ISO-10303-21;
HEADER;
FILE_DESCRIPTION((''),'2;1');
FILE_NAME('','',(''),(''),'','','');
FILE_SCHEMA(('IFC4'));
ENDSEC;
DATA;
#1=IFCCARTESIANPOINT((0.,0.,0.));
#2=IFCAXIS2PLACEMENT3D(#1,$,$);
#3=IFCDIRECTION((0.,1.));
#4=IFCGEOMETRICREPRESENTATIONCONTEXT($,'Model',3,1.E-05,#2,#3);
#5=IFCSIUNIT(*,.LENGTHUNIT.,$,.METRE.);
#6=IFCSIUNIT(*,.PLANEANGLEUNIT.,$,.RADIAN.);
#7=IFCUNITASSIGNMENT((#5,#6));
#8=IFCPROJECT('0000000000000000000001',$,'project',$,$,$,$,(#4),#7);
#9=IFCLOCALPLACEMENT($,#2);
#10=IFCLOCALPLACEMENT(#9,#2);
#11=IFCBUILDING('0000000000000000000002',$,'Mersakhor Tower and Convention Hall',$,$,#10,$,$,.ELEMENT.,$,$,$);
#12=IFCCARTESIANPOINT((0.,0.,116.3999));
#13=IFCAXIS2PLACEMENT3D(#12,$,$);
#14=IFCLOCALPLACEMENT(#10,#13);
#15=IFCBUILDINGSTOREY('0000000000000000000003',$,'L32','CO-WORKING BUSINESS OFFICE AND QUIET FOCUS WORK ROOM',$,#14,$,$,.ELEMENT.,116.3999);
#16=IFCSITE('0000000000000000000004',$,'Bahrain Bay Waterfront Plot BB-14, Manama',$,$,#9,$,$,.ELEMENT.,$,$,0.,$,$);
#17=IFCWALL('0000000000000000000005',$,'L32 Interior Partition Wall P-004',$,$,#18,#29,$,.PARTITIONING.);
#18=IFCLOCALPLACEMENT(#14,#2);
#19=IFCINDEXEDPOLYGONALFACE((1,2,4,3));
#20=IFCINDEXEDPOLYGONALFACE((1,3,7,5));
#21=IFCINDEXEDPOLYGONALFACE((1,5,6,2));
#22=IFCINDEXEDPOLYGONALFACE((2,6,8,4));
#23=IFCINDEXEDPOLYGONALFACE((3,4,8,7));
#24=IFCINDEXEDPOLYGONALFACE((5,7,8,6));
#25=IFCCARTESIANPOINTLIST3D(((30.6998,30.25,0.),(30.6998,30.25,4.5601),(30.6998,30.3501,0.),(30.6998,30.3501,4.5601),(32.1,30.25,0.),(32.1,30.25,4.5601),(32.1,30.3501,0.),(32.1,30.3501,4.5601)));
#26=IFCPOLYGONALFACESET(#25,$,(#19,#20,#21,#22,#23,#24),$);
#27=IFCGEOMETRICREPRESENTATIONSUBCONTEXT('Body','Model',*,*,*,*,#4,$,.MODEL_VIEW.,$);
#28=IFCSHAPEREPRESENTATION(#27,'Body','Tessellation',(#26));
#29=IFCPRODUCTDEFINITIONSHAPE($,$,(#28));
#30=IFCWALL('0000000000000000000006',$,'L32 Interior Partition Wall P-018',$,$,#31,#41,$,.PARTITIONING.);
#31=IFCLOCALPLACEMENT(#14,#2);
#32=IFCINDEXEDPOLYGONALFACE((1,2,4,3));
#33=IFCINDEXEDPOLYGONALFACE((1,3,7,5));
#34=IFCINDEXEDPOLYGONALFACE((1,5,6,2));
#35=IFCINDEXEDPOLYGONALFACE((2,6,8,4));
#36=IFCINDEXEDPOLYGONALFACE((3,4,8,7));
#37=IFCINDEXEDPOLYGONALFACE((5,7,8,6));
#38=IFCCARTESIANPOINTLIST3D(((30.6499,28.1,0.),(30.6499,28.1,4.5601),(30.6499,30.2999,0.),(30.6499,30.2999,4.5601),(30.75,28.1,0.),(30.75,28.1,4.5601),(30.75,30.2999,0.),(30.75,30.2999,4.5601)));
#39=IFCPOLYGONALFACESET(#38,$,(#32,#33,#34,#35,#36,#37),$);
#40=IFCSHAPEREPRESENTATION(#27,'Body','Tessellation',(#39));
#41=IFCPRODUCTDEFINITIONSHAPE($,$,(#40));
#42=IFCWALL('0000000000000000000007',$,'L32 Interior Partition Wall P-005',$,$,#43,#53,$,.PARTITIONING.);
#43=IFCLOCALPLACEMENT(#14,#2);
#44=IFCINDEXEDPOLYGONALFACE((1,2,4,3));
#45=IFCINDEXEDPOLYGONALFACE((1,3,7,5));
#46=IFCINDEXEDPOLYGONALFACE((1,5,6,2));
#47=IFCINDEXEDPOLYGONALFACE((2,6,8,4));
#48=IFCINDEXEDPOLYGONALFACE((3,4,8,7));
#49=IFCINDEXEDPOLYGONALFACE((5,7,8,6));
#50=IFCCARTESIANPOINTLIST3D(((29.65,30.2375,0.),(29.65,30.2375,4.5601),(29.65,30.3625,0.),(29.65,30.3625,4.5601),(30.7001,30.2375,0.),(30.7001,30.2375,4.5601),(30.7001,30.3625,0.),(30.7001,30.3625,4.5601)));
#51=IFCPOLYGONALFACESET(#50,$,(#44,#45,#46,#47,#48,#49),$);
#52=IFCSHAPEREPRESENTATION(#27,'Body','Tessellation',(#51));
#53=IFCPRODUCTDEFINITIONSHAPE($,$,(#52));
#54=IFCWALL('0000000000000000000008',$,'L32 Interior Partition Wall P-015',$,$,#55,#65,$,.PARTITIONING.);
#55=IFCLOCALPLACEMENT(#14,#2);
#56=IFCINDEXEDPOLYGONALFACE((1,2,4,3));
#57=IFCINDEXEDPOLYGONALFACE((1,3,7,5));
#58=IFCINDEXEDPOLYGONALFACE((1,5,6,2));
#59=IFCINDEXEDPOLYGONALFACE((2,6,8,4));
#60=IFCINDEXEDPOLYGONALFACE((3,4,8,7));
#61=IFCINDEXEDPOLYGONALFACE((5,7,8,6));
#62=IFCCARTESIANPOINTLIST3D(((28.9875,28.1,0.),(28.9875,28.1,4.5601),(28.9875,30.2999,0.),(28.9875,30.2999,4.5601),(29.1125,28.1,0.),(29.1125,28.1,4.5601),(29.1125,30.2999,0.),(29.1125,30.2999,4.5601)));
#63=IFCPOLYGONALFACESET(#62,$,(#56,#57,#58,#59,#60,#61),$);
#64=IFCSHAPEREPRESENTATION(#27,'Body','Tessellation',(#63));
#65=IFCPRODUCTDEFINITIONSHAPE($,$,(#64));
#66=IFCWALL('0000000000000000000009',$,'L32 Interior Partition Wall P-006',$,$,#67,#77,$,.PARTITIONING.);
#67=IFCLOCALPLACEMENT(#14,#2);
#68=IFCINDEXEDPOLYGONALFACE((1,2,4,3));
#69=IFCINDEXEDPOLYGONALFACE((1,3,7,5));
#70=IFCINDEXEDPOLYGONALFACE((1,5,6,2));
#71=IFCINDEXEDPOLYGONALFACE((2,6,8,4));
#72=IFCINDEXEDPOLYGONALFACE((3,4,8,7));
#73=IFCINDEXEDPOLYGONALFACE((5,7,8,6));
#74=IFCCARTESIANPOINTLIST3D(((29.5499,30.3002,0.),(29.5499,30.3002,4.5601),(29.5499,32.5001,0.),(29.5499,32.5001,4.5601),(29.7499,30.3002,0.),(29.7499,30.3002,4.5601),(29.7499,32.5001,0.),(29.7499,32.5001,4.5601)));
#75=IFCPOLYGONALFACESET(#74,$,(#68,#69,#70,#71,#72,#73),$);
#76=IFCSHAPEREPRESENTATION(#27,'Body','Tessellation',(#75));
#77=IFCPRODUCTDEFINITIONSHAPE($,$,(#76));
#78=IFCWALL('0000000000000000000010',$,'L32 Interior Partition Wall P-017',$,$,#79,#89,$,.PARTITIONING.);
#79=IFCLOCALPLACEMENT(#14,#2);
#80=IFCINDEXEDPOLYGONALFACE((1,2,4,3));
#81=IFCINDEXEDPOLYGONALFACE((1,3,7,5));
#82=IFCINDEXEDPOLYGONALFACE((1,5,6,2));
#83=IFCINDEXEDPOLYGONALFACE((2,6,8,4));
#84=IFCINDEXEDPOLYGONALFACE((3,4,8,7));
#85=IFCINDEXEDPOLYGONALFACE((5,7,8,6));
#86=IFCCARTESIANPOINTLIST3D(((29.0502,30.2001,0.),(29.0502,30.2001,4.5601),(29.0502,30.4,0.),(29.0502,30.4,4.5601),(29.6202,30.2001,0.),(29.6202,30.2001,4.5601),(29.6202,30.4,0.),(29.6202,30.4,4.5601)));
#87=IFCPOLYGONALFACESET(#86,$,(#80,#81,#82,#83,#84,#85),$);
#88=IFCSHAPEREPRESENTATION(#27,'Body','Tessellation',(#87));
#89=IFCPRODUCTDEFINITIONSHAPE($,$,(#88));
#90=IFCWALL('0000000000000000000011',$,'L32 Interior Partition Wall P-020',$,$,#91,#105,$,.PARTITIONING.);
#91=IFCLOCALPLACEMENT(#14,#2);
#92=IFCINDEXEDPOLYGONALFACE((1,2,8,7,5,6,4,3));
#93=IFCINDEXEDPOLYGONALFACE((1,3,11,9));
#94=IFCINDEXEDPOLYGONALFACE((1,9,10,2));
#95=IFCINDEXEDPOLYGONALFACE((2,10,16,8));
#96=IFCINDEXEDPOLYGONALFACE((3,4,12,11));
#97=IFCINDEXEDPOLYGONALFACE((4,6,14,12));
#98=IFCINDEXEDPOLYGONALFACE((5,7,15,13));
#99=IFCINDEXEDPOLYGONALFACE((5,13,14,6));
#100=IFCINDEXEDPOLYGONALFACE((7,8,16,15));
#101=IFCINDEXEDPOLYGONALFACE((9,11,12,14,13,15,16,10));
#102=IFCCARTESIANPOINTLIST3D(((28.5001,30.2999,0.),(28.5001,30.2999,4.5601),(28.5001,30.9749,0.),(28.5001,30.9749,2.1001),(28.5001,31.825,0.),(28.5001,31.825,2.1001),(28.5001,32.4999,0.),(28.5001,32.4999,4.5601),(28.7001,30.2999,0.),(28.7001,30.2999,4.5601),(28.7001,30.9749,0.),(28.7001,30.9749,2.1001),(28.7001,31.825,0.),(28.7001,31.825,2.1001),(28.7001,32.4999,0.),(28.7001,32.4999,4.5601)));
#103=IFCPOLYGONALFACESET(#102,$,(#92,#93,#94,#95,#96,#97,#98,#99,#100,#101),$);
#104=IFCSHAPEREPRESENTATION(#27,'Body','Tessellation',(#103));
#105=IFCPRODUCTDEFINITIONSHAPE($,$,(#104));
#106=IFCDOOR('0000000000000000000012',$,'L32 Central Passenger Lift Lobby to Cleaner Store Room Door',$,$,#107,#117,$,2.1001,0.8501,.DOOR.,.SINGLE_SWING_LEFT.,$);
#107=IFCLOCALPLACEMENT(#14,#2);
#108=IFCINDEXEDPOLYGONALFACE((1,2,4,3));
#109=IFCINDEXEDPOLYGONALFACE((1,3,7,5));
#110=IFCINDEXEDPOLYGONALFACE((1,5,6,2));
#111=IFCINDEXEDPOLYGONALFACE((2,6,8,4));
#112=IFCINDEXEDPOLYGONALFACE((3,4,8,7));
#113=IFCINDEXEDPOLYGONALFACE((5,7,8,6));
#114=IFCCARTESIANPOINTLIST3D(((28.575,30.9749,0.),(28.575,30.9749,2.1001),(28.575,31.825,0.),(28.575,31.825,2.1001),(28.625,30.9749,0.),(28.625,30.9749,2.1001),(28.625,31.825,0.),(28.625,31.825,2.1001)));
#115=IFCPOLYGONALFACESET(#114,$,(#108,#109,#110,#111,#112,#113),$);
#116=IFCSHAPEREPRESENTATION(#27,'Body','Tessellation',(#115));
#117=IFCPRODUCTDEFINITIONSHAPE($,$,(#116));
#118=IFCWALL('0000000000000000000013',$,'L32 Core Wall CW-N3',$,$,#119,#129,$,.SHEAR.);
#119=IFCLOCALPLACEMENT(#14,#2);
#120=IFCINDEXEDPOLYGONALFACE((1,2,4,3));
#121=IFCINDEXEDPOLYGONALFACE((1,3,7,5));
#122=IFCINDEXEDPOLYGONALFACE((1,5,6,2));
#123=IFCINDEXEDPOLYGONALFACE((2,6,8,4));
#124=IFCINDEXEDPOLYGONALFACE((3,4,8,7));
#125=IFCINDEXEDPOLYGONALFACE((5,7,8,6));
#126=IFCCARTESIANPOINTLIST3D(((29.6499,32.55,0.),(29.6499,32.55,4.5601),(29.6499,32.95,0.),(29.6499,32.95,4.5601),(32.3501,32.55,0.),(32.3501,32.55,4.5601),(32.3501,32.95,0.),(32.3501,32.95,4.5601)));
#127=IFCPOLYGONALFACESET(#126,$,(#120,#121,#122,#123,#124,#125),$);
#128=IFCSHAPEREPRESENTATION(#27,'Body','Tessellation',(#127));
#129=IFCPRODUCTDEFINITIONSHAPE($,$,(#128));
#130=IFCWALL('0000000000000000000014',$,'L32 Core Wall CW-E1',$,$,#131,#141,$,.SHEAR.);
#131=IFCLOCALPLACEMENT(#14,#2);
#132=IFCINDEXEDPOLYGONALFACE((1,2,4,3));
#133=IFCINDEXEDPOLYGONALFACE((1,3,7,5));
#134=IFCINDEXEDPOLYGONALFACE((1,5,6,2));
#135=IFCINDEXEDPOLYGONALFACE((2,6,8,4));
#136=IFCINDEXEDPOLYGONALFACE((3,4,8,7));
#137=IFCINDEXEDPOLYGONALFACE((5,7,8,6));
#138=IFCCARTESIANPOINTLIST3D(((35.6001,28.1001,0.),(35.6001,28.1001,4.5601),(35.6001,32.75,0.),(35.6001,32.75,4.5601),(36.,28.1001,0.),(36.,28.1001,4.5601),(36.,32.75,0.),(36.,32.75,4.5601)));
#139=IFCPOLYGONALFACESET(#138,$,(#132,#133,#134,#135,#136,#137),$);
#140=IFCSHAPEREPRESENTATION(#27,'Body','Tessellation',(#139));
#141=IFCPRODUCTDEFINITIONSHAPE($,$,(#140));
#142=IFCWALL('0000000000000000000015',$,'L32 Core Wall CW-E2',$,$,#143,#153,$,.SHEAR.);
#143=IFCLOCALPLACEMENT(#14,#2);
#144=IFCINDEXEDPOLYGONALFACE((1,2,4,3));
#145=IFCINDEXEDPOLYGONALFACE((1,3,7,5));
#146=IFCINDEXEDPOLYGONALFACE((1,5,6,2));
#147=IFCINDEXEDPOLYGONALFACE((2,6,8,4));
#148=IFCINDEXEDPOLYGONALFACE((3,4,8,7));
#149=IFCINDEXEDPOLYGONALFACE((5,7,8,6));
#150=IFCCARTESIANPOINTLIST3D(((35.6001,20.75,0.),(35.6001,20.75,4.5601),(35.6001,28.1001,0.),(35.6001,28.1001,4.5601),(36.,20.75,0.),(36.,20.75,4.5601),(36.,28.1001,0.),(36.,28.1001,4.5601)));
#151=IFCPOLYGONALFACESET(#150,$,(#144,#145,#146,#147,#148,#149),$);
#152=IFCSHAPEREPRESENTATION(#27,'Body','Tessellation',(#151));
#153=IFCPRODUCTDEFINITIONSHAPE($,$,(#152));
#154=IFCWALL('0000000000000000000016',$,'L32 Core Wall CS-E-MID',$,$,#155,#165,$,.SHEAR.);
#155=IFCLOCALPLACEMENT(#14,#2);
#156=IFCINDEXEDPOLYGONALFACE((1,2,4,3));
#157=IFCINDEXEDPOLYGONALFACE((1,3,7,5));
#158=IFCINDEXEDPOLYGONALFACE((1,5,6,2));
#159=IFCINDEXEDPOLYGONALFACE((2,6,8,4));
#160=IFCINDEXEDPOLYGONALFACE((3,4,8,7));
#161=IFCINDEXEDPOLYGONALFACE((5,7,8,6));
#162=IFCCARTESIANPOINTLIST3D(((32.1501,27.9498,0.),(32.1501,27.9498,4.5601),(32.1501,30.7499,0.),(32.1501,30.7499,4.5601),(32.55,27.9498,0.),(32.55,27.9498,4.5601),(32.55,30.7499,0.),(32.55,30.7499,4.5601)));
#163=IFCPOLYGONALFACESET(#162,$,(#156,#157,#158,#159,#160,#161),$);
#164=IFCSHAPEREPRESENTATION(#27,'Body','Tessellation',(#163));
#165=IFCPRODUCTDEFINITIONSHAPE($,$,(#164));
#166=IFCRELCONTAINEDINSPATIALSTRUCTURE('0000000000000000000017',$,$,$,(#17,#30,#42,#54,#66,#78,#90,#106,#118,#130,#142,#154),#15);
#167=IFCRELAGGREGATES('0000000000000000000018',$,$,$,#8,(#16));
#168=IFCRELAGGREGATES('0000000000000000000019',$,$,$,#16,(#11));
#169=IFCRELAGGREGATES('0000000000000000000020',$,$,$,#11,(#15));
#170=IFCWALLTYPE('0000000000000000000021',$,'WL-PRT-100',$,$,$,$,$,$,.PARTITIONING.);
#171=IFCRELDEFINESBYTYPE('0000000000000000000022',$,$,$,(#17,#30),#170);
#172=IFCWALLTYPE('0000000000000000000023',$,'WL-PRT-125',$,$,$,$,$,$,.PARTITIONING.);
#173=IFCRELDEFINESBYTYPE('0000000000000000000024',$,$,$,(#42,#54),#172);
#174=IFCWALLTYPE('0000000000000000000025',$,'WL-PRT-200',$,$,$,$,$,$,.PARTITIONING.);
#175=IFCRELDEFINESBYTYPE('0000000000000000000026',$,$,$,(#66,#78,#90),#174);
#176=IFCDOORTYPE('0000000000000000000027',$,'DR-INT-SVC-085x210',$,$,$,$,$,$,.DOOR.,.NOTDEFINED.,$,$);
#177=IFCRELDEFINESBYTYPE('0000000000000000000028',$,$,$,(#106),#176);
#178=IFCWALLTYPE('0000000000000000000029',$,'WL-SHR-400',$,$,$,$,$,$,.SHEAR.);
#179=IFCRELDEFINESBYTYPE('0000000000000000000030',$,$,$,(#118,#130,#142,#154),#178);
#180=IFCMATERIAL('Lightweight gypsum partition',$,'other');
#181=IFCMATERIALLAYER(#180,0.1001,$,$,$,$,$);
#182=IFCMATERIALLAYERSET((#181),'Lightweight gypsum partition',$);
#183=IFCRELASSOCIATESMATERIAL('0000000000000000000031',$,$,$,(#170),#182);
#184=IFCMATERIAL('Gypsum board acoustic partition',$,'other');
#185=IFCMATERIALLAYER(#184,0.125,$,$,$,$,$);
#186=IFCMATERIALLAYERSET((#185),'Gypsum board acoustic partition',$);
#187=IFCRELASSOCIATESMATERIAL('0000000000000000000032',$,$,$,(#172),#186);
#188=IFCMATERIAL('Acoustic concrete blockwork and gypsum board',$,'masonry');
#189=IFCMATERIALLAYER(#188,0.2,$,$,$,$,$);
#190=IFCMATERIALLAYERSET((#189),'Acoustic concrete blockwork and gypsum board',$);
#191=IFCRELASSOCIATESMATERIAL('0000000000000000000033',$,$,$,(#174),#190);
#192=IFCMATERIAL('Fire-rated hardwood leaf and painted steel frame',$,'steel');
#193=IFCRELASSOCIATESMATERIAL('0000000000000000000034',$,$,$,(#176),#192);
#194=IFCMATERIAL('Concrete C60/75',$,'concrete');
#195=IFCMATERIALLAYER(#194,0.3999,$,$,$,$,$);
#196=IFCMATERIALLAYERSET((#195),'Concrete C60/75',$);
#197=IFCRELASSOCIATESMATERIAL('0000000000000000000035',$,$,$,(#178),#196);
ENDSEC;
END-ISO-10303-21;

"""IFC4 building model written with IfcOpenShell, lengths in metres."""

from ifc_helpers import new_model, si_unit, direction, frame, frame_2d, origin, place, context, subcontext, project, spatial, rectangle, extrude, material, layer, layer_set, type_object, element, fill, save


model = new_model("IFC4")

# Units and contexts
model_context = context("Model", 3, precision=1e-05, world=origin(), true_north=direction((0.0, 1.0)))
body_context = subcontext(model_context, "Body", "Model", "MODEL_VIEW")
ifc_project = project(units=[si_unit("LENGTHUNIT", "METRE"), si_unit("PLANEANGLEUNIT", "RADIAN")], contexts=[model_context])

# Site, building, storey
site_placement = place(None, origin())
site = spatial("IfcSite", under=ifc_project, at=site_placement, Name="Bahrain Bay Waterfront Plot BB-14, Manama", CompositionType="ELEMENT", RefElevation=0.0)
building_placement = place(site_placement, origin())
building = spatial("IfcBuilding", under=site, at=building_placement, Name="Mersakhor Tower and Convention Hall", CompositionType="ELEMENT")
storey_placement = place(building_placement, frame((0.0, 0.0, 116.3999)))
storey = spatial("IfcBuildingStorey", under=building, at=storey_placement, Name="L32", Description="CO-WORKING BUSINESS OFFICE AND QUIET FOCUS WORK ROOM", CompositionType="ELEMENT", Elevation=116.3999)

# Walls
ifc_material_1 = material(Name="Lightweight gypsum partition", Category="other")
ifc_layer_1 = layer(ifc_material_1, 0.1001)
ifc_layer_set_1 = layer_set([ifc_layer_1], Name="Lightweight gypsum partition")
wall_type_1 = type_object("IfcWallType", Name="WL-PRT-100", PredefinedType="PARTITIONING", material=ifc_layer_set_1)
wall_1_placement = place(storey_placement, frame((32.1001, 30.3, 0.0), z_axis=(0.0, 0.0, 1.0), x_axis=(-1.0, 0.0, 0.0)))
element("IfcWall", 1, at=wall_1_placement, inside=storey, type_object=wall_type_1, Name="L32 Interior Partition Wall P-004", PredefinedType="PARTITIONING", context=body_context, shape_type="SweptSolid", body=[
    extrude(rectangle(XDim=1.4001, YDim=0.1001, at=frame_2d((0.7002, 0.0))), origin(), (0.0, 0.0, 1.0), 4.5601),
])
wall_2_placement = place(storey_placement, frame((30.7, 30.3, 0.0), z_axis=(0.0, 0.0, 1.0), x_axis=(0.0, -1.0, 0.0)))
element("IfcWall", 2, at=wall_2_placement, inside=storey, type_object=wall_type_1, Name="L32 Interior Partition Wall P-018", PredefinedType="PARTITIONING", context=body_context, shape_type="SweptSolid", body=[
    extrude(rectangle(XDim=2.2, YDim=0.1001, at=frame_2d((1.1001, 0.0))), origin(), (0.0, 0.0, 1.0), 4.5601),
])
ifc_material_2 = material(Name="Gypsum board acoustic partition", Category="other")
ifc_layer_2 = layer(ifc_material_2, 0.125)
ifc_layer_set_2 = layer_set([ifc_layer_2], Name="Gypsum board acoustic partition")
wall_type_2 = type_object("IfcWallType", Name="WL-PRT-125", PredefinedType="PARTITIONING", material=ifc_layer_set_2)
wall_3_placement = place(storey_placement, frame((30.7, 30.3, 0.0), z_axis=(0.0, 0.0, 1.0), x_axis=(-1.0, 0.0, 0.0)))
element("IfcWall", 3, at=wall_3_placement, inside=storey, type_object=wall_type_2, Name="L32 Interior Partition Wall P-005", PredefinedType="PARTITIONING", context=body_context, shape_type="SweptSolid", body=[
    extrude(rectangle(XDim=1.05, YDim=0.125, at=frame_2d((0.5249, 0.0))), origin(), (0.0, 0.0, 1.0), 4.5601),
])
wall_4_placement = place(storey_placement, frame((29.05, 30.3, 0.0), z_axis=(0.0, 0.0, 1.0), x_axis=(0.0, -1.0, 0.0)))
element("IfcWall", 4, at=wall_4_placement, inside=storey, type_object=wall_type_2, Name="L32 Interior Partition Wall P-015", PredefinedType="PARTITIONING", context=body_context, shape_type="SweptSolid", body=[
    extrude(rectangle(XDim=2.2, YDim=0.125, at=frame_2d((1.1001, 0.0))), origin(), (0.0, 0.0, 1.0), 4.5601),
])
ifc_material_3 = material(Name="Acoustic concrete blockwork and gypsum board", Category="masonry")
ifc_layer_3 = layer(ifc_material_3, 0.2)
ifc_layer_set_3 = layer_set([ifc_layer_3], Name="Acoustic concrete blockwork and gypsum board")
wall_type_3 = type_object("IfcWallType", Name="WL-PRT-200", PredefinedType="PARTITIONING", material=ifc_layer_set_3)
wall_5_placement = place(storey_placement, frame((29.6499, 30.3, 0.0), z_axis=(0.0, 0.0, 1.0), x_axis=(0.0, 1.0, 0.0)))
element("IfcWall", 5, at=wall_5_placement, inside=storey, type_object=wall_type_3, Name="L32 Interior Partition Wall P-006", PredefinedType="PARTITIONING", context=body_context, shape_type="SweptSolid", body=[
    extrude(rectangle(XDim=2.2, YDim=0.2, at=frame_2d((1.1001, 0.0))), origin(), (0.0, 0.0, 1.0), 4.5601),
])
wall_6_placement = place(storey_placement, frame((29.05, 30.3, 0.0), z_axis=(0.0, 0.0, 1.0), x_axis=(1.0, 0.0, 0.0)))
element("IfcWall", 6, at=wall_6_placement, inside=storey, type_object=wall_type_3, Name="L32 Interior Partition Wall P-017", PredefinedType="PARTITIONING", context=body_context, shape_type="SweptSolid", body=[
    extrude(rectangle(XDim=0.5701, YDim=0.2, at=frame_2d((0.2852, 0.0))), origin(), (0.0, 0.0, 1.0), 4.5601),
])

# Wall, opening, door
wall_7_placement = place(storey_placement, frame((28.6001, 32.5, 0.0), z_axis=(0.0, 0.0, 1.0), x_axis=(0.0, -1.0, 0.0)))
wall_7 = element("IfcWall", 7, at=wall_7_placement, inside=storey, type_object=wall_type_3, Name="L32 Interior Partition Wall P-020", PredefinedType="PARTITIONING", context=body_context, shape_type="SweptSolid", body=[
    extrude(rectangle(XDim=2.2, YDim=0.2, at=frame_2d((1.1001, 0.0))), origin(), (0.0, 0.0, 1.0), 4.5601),
])
opening_1_placement = place(wall_7_placement, frame((0.675, 0.0, 0.0)))
opening_1 = element("IfcOpeningElement", 8, at=opening_1_placement, cuts=wall_7, PredefinedType="OPENING", context=body_context, shape_type="SweptSolid", body=[
    extrude(rectangle(XDim=0.8501, YDim=2.1001, at=frame_2d((0.425, 1.05))), frame((0.0, 0.1099, 0.0), z_axis=(0.0, -1.0, 0.0), x_axis=(1.0, 0.0, 0.0)), (0.0, 0.0, 1.0), 0.22),
])
ifc_material_4 = material(Name="Fire-rated hardwood leaf and painted steel frame", Category="steel")
door_type_1 = type_object("IfcDoorType", Name="DR-INT-SVC-085x210", OperationType="NOTDEFINED", PredefinedType="DOOR", material=ifc_material_4)
door_1_placement = place(opening_1_placement, origin())
door_1 = element("IfcDoor", 9, at=door_1_placement, inside=storey, type_object=door_type_1, Name="L32 Central Passenger Lift Lobby to Cleaner Store Room Door", OperationType="SINGLE_SWING_LEFT", OverallHeight=2.1001, OverallWidth=0.8501, PredefinedType="DOOR", context=body_context, shape_type="SweptSolid", body=[
    extrude(rectangle(XDim=0.8501, YDim=2.1001, at=frame_2d((0.425, 1.05))), frame((0.0, 0.0249, 0.0), z_axis=(0.0, -1.0, 0.0), x_axis=(1.0, 0.0, 0.0)), (0.0, 0.0, 1.0), 0.05),
])
fill(opening_1, door_1)

# Wall
ifc_material_5 = material(Name="Concrete C60/75", Category="concrete")
ifc_layer_4 = layer(ifc_material_5, 0.3999)
ifc_layer_set_4 = layer_set([ifc_layer_4], Name="Concrete C60/75")
wall_type_4 = type_object("IfcWallType", Name="WL-SHR-400", PredefinedType="SHEAR", material=ifc_layer_set_4)
wall_8_placement = place(storey_placement, frame((29.6499, 32.75, 0.0), z_axis=(0.0, 0.0, 1.0), x_axis=(1.0, 0.0, 0.0)))
element("IfcWall", 10, at=wall_8_placement, inside=storey, type_object=wall_type_4, Name="L32 Core Wall CW-N3", PredefinedType="SHEAR", context=body_context, shape_type="SweptSolid", body=[
    extrude(rectangle(XDim=2.7002, YDim=0.3999, at=frame_2d((1.3501, 0.0))), origin(), (0.0, 0.0, 1.0), 4.5601),
])

# Walls
wall_9_placement = place(storey_placement, frame((35.8, 32.75, 0.0), z_axis=(0.0, 0.0, 1.0), x_axis=(0.0, -1.0, 0.0)))
element("IfcWall", 11, at=wall_9_placement, inside=storey, type_object=wall_type_4, Name="L32 Core Wall CW-E1", PredefinedType="SHEAR", context=body_context, shape_type="SweptSolid", body=[
    extrude(rectangle(XDim=4.6499, YDim=0.3999, at=frame_2d((2.325, 0.0))), origin(), (0.0, 0.0, 1.0), 4.5601),
])
wall_10_placement = place(storey_placement, frame((35.8, 28.1001, 0.0), z_axis=(0.0, 0.0, 1.0), x_axis=(0.0, -1.0, 0.0)))
element("IfcWall", 12, at=wall_10_placement, inside=storey, type_object=wall_type_4, Name="L32 Core Wall CW-E2", PredefinedType="SHEAR", context=body_context, shape_type="SweptSolid", body=[
    extrude(rectangle(XDim=7.3501, YDim=0.3999, at=frame_2d((3.675, 0.0))), origin(), (0.0, 0.0, 1.0), 4.5601),
])
wall_11_placement = place(storey_placement, frame((32.3501, 27.95, 0.0), z_axis=(0.0, 0.0, 1.0), x_axis=(0.0, 1.0, 0.0)))
element("IfcWall", 13, at=wall_11_placement, inside=storey, type_object=wall_type_4, Name="L32 Core Wall CS-E-MID", PredefinedType="SHEAR", context=body_context, shape_type="SweptSolid", body=[
    extrude(rectangle(XDim=2.8, YDim=0.3999, at=frame_2d((1.3999, 0.0))), origin(), (0.0, 0.0, 1.0), 4.5601),
])

save(model, "model.ifc")
